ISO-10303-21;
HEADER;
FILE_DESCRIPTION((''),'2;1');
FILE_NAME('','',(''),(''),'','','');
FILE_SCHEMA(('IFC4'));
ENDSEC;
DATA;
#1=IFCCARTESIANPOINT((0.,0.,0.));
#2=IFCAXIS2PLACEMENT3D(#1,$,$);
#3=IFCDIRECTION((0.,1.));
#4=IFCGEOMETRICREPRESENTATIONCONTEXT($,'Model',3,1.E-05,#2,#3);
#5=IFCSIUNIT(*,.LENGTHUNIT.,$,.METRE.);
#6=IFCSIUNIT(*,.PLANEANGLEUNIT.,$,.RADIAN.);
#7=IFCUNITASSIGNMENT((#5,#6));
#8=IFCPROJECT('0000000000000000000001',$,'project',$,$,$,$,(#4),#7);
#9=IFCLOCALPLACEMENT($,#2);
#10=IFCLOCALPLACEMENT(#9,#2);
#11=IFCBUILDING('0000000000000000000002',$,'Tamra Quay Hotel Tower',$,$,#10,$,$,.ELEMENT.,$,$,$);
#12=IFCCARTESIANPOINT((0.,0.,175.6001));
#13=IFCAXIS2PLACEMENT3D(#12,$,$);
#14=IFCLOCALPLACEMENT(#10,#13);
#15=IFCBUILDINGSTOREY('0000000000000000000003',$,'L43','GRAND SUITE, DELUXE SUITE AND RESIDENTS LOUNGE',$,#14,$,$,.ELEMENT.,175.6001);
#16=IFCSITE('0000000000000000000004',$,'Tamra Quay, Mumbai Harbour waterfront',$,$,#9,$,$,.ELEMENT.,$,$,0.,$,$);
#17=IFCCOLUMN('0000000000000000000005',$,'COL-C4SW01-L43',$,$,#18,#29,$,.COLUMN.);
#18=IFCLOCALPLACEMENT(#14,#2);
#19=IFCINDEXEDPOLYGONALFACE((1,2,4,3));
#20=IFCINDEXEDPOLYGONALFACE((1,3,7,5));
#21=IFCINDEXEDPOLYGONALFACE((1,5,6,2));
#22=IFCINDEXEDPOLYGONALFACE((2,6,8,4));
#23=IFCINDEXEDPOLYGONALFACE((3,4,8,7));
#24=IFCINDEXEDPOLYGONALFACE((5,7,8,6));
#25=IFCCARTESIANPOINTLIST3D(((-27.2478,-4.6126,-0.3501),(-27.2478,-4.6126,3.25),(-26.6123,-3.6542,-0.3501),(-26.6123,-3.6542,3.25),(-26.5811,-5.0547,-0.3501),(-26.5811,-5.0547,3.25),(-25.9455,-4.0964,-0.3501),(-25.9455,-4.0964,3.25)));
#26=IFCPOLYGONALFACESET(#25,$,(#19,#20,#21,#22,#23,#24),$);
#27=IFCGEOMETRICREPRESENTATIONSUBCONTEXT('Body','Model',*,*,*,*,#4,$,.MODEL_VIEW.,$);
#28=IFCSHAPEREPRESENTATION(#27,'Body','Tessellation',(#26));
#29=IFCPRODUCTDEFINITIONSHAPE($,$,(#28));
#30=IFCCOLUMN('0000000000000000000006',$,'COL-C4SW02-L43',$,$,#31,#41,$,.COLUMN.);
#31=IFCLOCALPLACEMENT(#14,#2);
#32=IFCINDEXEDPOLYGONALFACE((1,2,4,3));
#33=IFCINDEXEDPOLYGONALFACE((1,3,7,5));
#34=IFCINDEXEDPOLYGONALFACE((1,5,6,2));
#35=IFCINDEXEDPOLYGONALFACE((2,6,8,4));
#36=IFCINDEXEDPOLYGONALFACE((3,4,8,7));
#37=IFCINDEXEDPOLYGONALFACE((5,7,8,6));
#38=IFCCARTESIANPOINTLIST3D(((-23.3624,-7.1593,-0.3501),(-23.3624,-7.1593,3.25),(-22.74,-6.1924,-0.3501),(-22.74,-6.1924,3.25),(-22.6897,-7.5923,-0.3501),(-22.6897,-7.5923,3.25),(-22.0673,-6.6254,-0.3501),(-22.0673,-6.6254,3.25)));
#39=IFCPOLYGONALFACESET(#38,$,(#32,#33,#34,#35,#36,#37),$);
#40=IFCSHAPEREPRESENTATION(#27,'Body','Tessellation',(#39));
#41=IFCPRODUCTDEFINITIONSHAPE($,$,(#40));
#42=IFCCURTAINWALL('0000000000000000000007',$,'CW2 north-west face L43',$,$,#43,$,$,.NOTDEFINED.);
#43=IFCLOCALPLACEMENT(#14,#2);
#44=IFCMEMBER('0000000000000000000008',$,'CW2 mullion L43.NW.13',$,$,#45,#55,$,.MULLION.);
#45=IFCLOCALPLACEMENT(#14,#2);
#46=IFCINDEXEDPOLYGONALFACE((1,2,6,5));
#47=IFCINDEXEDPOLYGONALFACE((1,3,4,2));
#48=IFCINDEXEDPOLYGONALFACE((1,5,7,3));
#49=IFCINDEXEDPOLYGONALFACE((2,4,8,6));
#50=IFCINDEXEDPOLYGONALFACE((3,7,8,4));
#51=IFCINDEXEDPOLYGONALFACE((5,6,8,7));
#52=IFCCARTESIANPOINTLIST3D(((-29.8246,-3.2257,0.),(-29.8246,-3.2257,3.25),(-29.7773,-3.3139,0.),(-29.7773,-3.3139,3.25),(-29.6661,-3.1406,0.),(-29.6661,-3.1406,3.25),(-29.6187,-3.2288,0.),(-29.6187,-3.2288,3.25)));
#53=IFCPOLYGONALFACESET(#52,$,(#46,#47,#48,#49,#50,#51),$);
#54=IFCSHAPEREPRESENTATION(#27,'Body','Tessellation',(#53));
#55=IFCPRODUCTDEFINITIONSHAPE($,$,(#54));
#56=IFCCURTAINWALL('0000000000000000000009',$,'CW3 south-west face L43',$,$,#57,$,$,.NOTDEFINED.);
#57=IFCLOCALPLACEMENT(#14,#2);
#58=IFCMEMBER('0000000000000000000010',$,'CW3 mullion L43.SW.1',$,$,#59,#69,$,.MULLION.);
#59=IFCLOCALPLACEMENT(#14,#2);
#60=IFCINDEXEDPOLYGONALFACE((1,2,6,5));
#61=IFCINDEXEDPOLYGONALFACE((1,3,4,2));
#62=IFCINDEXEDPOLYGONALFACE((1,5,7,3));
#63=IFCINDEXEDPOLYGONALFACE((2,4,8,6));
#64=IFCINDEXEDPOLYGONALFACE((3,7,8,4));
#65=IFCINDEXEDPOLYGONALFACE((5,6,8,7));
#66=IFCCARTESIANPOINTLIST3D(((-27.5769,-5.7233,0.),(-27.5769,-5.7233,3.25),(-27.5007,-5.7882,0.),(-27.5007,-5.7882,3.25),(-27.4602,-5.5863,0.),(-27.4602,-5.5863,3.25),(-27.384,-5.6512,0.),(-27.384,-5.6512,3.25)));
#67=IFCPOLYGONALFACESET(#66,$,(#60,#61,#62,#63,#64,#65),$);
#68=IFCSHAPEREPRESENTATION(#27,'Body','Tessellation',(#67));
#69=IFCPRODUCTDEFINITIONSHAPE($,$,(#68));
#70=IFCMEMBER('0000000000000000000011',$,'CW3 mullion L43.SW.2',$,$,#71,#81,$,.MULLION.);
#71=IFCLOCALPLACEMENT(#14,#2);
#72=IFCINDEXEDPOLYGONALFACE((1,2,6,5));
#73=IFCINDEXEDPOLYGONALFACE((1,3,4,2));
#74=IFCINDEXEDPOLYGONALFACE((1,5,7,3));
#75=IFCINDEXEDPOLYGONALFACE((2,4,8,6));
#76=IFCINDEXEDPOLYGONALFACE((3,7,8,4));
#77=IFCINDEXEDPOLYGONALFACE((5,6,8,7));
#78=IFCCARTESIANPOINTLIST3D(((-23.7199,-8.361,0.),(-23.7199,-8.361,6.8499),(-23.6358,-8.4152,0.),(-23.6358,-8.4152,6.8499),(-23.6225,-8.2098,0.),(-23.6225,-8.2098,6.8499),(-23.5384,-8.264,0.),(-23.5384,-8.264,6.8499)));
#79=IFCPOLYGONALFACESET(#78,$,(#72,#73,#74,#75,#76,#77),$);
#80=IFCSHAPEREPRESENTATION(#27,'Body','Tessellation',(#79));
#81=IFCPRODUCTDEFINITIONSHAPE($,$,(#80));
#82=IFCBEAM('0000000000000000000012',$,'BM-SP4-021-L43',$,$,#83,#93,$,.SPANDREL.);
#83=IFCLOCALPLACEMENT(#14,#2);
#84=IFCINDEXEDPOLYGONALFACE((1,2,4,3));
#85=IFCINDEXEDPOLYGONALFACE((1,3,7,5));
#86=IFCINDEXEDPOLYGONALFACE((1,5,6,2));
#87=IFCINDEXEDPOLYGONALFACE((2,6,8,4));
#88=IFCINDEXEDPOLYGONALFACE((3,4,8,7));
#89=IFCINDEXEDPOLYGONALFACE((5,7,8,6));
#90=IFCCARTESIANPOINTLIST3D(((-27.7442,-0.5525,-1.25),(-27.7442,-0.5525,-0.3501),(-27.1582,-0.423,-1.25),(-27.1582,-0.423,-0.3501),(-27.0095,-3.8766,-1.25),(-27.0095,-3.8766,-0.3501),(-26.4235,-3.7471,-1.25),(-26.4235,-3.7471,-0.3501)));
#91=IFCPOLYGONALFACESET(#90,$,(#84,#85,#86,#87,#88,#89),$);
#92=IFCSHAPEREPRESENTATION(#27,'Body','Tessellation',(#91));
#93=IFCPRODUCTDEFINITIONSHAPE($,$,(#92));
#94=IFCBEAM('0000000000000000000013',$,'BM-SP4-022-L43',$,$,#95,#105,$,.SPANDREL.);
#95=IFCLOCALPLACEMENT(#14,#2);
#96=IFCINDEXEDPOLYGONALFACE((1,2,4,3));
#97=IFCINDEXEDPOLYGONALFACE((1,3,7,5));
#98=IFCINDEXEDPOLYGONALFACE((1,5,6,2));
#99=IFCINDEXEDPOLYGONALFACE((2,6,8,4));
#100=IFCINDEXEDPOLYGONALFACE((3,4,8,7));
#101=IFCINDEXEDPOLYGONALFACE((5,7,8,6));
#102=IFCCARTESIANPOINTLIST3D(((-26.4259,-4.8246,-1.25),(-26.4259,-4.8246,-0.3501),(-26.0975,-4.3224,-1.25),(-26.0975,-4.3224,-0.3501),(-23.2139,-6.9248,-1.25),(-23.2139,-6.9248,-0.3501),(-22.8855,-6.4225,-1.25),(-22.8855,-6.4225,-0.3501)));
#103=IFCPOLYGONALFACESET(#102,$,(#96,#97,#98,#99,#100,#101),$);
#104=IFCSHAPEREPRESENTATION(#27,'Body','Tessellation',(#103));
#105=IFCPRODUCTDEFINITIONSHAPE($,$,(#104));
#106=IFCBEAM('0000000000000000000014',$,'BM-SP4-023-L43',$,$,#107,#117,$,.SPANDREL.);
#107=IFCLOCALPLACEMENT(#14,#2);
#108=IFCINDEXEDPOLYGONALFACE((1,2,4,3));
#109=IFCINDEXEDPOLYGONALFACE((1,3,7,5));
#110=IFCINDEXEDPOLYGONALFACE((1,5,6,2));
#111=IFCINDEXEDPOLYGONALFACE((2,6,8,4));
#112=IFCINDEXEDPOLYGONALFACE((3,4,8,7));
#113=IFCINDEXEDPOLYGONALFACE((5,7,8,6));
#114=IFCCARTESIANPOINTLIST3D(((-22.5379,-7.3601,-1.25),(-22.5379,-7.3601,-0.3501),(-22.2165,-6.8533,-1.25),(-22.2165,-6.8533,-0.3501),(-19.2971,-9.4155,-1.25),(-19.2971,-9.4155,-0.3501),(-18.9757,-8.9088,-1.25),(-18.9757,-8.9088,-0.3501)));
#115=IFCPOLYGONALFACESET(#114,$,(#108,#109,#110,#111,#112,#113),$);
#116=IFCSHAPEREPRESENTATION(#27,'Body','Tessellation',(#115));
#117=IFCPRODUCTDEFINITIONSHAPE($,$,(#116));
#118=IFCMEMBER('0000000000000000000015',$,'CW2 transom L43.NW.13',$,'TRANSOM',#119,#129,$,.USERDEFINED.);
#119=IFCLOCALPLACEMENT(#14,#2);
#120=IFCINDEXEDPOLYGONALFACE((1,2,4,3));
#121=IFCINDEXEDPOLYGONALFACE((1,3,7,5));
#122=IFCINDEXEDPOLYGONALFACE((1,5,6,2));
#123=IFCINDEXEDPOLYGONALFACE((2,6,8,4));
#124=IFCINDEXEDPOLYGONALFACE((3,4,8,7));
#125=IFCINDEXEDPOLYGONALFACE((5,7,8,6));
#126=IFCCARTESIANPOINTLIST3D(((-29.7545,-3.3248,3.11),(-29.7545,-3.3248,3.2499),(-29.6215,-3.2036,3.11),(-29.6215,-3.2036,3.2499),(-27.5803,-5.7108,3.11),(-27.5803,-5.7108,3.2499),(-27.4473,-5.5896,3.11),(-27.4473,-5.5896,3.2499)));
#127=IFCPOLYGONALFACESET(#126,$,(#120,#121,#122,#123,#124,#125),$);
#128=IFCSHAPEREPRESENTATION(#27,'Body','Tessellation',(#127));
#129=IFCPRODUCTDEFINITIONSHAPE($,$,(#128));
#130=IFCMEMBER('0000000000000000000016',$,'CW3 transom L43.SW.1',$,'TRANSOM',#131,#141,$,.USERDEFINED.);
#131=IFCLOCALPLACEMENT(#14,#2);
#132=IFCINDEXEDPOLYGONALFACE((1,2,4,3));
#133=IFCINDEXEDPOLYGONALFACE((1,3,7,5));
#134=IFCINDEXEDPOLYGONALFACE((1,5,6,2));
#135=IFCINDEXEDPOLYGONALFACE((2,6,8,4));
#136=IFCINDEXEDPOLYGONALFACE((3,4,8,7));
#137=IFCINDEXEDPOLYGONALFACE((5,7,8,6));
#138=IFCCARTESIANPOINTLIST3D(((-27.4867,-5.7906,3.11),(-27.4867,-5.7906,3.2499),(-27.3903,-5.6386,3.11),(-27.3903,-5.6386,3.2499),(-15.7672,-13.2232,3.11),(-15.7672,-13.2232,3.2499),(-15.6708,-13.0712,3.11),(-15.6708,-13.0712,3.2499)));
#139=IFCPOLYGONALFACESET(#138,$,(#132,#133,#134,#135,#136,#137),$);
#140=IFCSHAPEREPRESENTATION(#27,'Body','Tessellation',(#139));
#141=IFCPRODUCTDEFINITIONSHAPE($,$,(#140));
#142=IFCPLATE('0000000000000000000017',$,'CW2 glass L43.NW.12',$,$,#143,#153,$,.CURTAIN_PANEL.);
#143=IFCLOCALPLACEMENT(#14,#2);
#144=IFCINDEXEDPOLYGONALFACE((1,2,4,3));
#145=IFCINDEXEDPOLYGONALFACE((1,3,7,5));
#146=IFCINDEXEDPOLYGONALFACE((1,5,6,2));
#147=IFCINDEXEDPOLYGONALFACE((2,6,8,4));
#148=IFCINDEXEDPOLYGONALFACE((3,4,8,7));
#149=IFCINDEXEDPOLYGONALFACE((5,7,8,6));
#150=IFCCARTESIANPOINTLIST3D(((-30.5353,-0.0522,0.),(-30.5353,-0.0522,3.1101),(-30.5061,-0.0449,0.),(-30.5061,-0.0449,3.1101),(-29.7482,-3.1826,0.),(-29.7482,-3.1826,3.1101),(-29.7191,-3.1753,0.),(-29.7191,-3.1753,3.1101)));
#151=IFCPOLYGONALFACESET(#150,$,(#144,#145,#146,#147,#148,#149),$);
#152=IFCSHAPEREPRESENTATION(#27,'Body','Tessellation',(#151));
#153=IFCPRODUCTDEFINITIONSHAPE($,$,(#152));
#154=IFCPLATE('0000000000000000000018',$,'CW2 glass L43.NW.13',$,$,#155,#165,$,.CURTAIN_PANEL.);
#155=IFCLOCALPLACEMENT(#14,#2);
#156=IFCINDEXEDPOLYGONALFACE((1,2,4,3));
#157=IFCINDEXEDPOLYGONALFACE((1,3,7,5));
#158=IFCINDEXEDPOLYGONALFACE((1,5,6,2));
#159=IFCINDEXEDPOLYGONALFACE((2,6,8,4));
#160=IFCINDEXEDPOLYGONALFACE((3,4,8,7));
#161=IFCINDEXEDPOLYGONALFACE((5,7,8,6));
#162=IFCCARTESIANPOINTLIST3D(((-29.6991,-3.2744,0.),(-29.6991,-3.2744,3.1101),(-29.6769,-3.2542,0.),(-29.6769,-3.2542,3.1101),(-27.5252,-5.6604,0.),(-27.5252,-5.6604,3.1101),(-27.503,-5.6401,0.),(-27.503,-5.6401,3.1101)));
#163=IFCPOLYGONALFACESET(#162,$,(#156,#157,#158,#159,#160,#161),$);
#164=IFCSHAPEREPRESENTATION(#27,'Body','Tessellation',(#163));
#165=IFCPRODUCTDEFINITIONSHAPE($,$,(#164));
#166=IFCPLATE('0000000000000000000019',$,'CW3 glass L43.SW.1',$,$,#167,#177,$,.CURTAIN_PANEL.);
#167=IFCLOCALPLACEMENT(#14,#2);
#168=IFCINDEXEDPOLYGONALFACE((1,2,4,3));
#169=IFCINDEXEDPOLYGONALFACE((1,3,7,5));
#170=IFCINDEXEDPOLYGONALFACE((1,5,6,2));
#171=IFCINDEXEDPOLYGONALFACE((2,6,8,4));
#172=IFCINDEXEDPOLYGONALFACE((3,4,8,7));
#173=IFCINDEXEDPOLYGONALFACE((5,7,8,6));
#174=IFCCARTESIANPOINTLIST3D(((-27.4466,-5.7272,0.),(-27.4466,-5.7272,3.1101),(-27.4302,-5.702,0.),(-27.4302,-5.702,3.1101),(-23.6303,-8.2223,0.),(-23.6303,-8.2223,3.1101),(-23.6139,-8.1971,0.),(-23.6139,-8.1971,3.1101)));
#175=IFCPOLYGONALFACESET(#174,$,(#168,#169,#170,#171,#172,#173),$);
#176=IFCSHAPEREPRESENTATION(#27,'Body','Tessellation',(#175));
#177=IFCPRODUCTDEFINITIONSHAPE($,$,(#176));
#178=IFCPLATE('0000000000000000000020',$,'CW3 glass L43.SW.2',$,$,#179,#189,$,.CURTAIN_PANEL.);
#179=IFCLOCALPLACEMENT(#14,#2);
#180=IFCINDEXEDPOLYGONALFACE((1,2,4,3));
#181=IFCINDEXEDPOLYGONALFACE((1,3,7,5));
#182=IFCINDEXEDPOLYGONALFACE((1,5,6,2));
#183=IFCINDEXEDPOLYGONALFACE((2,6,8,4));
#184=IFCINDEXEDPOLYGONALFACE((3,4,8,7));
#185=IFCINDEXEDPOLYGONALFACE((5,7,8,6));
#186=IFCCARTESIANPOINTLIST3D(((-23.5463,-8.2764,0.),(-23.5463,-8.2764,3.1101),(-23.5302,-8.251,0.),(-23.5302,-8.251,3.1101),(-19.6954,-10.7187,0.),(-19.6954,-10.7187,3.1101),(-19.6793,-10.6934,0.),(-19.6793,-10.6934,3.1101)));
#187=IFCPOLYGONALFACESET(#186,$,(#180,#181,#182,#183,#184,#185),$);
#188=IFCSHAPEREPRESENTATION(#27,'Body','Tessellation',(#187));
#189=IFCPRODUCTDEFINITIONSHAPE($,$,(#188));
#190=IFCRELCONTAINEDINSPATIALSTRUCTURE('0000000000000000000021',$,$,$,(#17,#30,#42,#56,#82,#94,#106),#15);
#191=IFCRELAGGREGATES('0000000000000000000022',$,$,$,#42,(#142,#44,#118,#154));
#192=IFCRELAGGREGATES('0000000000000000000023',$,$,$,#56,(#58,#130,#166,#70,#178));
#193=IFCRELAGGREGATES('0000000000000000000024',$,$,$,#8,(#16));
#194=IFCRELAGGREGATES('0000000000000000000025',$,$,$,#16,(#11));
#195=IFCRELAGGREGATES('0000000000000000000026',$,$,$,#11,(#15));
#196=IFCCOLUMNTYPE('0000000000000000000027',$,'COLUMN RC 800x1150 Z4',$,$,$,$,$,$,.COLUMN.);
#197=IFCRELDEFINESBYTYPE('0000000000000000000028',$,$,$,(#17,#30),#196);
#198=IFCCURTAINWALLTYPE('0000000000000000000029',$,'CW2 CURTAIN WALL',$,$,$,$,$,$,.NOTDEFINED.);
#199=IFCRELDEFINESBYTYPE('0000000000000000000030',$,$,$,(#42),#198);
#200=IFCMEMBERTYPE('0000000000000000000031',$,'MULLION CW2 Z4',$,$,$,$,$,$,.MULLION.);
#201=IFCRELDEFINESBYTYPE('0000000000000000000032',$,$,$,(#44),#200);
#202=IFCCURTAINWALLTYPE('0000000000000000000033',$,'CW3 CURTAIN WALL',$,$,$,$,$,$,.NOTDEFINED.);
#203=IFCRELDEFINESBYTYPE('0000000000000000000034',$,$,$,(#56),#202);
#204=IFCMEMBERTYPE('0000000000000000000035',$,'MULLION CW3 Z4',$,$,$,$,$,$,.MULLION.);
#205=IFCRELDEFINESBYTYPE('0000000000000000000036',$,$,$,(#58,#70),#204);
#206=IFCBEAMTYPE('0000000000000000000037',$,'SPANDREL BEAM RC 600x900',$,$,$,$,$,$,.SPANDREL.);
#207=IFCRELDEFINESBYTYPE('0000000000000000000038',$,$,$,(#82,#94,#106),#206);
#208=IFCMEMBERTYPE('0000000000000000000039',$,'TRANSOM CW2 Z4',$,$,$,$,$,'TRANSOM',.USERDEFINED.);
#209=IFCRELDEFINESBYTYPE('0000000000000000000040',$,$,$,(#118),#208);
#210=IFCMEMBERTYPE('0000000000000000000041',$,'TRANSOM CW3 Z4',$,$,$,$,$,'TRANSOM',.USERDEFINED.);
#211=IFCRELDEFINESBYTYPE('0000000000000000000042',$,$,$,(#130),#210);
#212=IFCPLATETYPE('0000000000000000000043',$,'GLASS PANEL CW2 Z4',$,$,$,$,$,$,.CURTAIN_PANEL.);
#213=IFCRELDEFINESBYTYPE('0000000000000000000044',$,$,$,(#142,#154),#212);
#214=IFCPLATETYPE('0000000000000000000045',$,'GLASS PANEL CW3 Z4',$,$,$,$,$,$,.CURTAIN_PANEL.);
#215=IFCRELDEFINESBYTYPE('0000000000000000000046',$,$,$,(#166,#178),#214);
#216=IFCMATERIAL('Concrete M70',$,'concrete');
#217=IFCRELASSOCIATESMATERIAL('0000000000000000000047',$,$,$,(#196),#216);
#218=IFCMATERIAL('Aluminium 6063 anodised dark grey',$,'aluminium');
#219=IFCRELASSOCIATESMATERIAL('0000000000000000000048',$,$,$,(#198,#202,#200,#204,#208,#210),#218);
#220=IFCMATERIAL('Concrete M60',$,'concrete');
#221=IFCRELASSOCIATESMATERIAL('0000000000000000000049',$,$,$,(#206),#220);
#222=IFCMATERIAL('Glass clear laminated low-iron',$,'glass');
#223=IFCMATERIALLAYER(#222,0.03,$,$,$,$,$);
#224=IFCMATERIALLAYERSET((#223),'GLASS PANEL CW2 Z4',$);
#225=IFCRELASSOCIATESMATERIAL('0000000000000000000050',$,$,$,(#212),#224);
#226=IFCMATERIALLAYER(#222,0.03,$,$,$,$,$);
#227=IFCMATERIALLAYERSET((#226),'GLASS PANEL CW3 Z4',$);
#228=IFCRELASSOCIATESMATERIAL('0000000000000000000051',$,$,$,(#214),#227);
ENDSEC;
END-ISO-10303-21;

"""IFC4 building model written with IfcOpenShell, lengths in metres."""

from ifc_helpers import new_model, si_unit, direction, frame, origin, origin_2d, place, context, subcontext, project, spatial, rectangle, extrude, material, layer, layer_set, material_profile, profile_set, type_object, element, aggregate, save


model = new_model("IFC4")

# Units and contexts
model_context = context("Model", 3, precision=1e-05, world=origin(), true_north=direction((0.0, 1.0)))
body_context = subcontext(model_context, "Body", "Model", "MODEL_VIEW")
ifc_project = project(units=[si_unit("LENGTHUNIT", "METRE"), si_unit("PLANEANGLEUNIT", "RADIAN")], contexts=[model_context])

# Site, building, storey
site_placement = place(None, origin())
site = spatial("IfcSite", under=ifc_project, at=site_placement, Name="Tamra Quay, Mumbai Harbour waterfront", CompositionType="ELEMENT", RefElevation=0.0)
building_placement = place(site_placement, origin())
building = spatial("IfcBuilding", under=site, at=building_placement, Name="Tamra Quay Hotel Tower", CompositionType="ELEMENT")
storey_placement = place(building_placement, frame((0.0, 0.0, 175.6001)))
storey = spatial("IfcBuildingStorey", under=building, at=storey_placement, Name="L43", Description="GRAND SUITE, DELUXE SUITE AND RESIDENTS LOUNGE", CompositionType="ELEMENT", Elevation=175.6001)

# Columns
ifc_material_1 = material(Name="Concrete M70", Category="concrete")
ifc_material_profile_1 = material_profile(ifc_material_1, rectangle(XDim=1.1499, YDim=0.8, at=origin_2d()), Name="COLUMN RC 800x1150 Z4")
ifc_profile_set_1 = profile_set([ifc_material_profile_1], Name="Concrete M70")
column_type = type_object("IfcColumnType", Name="COLUMN RC 800x1150 Z4", PredefinedType="COLUMN", material=ifc_profile_set_1)
for number, where, z_axis, x_axis, name in (
    (1, (-26.5967, -4.3545, -0.3501), (0.0, 0.0, 1.0), (0.552666, 0.833403, 0.0), "COL-C4SW01-L43"),
    (2, (-22.7148, -6.8923, -0.3501), (0.0, 0.0, 1.0), (0.541283, 0.840841, 0.0), "COL-C4SW02-L43"),
):
    element("IfcColumn", number, at=place(storey_placement, frame(where, z_axis=z_axis, x_axis=x_axis)), inside=storey, type_object=column_type, Name=name, PredefinedType="COLUMN", context=body_context, shape_type="SweptSolid", body=[
        extrude(rectangle(XDim=1.1499, YDim=0.8, at=origin_2d()), origin(), (0.0, 0.0, 1.0), 3.6001),
    ])

# Curtain wall, member
ifc_material_2 = material(Name="Aluminium 6063 anodised dark grey", Category="aluminium")
curtain_wall_type_1 = type_object("IfcCurtainWallType", Name="CW2 CURTAIN WALL", PredefinedType="NOTDEFINED", material=ifc_material_2)
curtain_wall_1_placement = place(storey_placement, origin())
curtain_wall_1 = element("IfcCurtainWall", 3, at=curtain_wall_1_placement, inside=storey, type_object=curtain_wall_type_1, Name="CW2 north-west face L43", PredefinedType="NOTDEFINED")
ifc_material_profile_2 = material_profile(ifc_material_2, rectangle(XDim=0.1799, YDim=0.1001, at=origin_2d()), Name="MULLION 100X180")
ifc_profile_set_2 = profile_set([ifc_material_profile_2], Name="Aluminium 6063 anodised dark grey")
member_type_1 = type_object("IfcMemberType", Name="MULLION CW2 Z4", PredefinedType="MULLION", material=ifc_profile_set_2)
member_1_placement = place(storey_placement, frame((-29.7217, -3.2273, 0.0), z_axis=(0.0, 0.0, 1.0), x_axis=(-0.881098, -0.472935, 0.0)))
member_1 = element("IfcMember", 4, at=member_1_placement, type_object=member_type_1, Name="CW2 mullion L43.NW.13", PredefinedType="MULLION", context=body_context, shape_type="SweptSolid", body=[
    extrude(rectangle(XDim=0.1799, YDim=0.1001, at=origin_2d()), origin(), (0.0, 0.0, 1.0), 3.25),
])

# Curtain wall, members
curtain_wall_type_2 = type_object("IfcCurtainWallType", Name="CW3 CURTAIN WALL", PredefinedType="NOTDEFINED", material=ifc_material_2)
curtain_wall_2_placement = place(storey_placement, origin())
curtain_wall_2 = element("IfcCurtainWall", 5, at=curtain_wall_2_placement, inside=storey, type_object=curtain_wall_type_2, Name="CW3 south-west face L43", PredefinedType="NOTDEFINED")
ifc_material_profile_3 = material_profile(ifc_material_2, rectangle(XDim=0.1799, YDim=0.1001, at=origin_2d()), Name="MULLION 100X180")
ifc_profile_set_3 = profile_set([ifc_material_profile_3], Name="Aluminium 6063 anodised dark grey")
member_type_2 = type_object("IfcMemberType", Name="MULLION CW3 Z4", PredefinedType="MULLION", material=ifc_profile_set_3)
member_2_placement = place(storey_placement, frame((-27.4805, -5.6873, 0.0), z_axis=(0.0, 0.0, 1.0), x_axis=(-0.648381, -0.761316, 0.0)))
member_2 = element("IfcMember", 6, at=member_2_placement, type_object=member_type_2, Name="CW3 mullion L43.SW.1", PredefinedType="MULLION", context=body_context, shape_type="SweptSolid", body=[
    extrude(rectangle(XDim=0.1799, YDim=0.1001, at=origin_2d()), origin(), (0.0, 0.0, 1.0), 3.25),
])
member_3_placement = place(storey_placement, frame((-23.6292, -8.3125, 0.0), z_axis=(0.0, 0.0, 1.0), x_axis=(-0.541422, -0.840751, 0.0)))
member_3 = element("IfcMember", 7, at=member_3_placement, type_object=member_type_2, Name="CW3 mullion L43.SW.2", PredefinedType="MULLION", context=body_context, shape_type="SweptSolid", body=[
    extrude(rectangle(XDim=0.1799, YDim=0.1001, at=origin_2d()), origin(), (0.0, 0.0, 1.0), 6.8499),
])

# Beams
ifc_material_3 = material(Name="Concrete M60", Category="concrete")
ifc_material_profile_4 = material_profile(ifc_material_3, rectangle(XDim=0.6001, YDim=0.8999, at=origin_2d()), Name="SPANDREL BEAM RC 600x900")
ifc_profile_set_4 = profile_set([ifc_material_profile_4], Name="Concrete M60")
beam_type = type_object("IfcBeamType", Name="SPANDREL BEAM RC 600x900", PredefinedType="SPANDREL", material=ifc_profile_set_4)
beam_placement = place(storey_placement, frame((-27.4512, -0.4878, -0.8), z_axis=(0.215799, -0.976438, 0.0), x_axis=(0.976438, 0.215799, 0.0)))
element("IfcBeam", 8, at=beam_placement, inside=storey, type_object=beam_type, Name="BM-SP4-021-L43", PredefinedType="SPANDREL", context=body_context, shape_type="SweptSolid", body=[
    extrude(rectangle(XDim=0.6001, YDim=0.8999, at=origin_2d()), origin(), (0.0, 0.0, 1.0), 3.4043),
])
for number, where, z_axis, x_axis, name in (
    (9, (-26.2617, -4.5735, -0.8), (0.83697, -0.547249, 0.0), (0.547249, 0.83697, 0.0), "BM-SP4-022-L43"),
    (10, (-22.3772, -7.1067, -0.8), (0.84447, -0.535603, 0.0), (0.535603, 0.84447, 0.0), "BM-SP4-023-L43"),
):
    element("IfcBeam", number, at=place(storey_placement, frame(where, z_axis=z_axis, x_axis=x_axis)), inside=storey, type_object=beam_type, Name=name, PredefinedType="SPANDREL", context=body_context, shape_type="SweptSolid", body=[
        extrude(rectangle(XDim=0.6001, YDim=0.8999, at=origin_2d()), origin(), (0.0, 0.0, 1.0), 3.8376),
    ])

# Members
ifc_material_profile_5 = material_profile(ifc_material_2, rectangle(XDim=0.1799, YDim=0.1399, at=origin_2d()), Name="TRANSOM 180X140")
ifc_profile_set_5 = profile_set([ifc_material_profile_5], Name="Aluminium 6063 anodised dark grey")
member_type_3 = type_object("IfcMemberType", Name="TRANSOM CW2 Z4", ElementType="TRANSOM", PredefinedType="USERDEFINED", material=ifc_profile_set_5)
member_4_placement = place(storey_placement, frame((-29.688, -3.2642, 3.1799), z_axis=(0.673519, -0.73917, 0.0), x_axis=(0.73917, 0.673519, 0.0)))
member_4 = element("IfcMember", 11, at=member_4_placement, type_object=member_type_3, Name="CW2 transom L43.NW.13", ObjectType="TRANSOM", PredefinedType="USERDEFINED", context=body_context, shape_type="SweptSolid", body=[
    extrude(rectangle(XDim=0.1799, YDim=0.1399, at=origin_2d()), origin(), (0.0, 0.0, 1.0), 3.228),
])
ifc_material_profile_6 = material_profile(ifc_material_2, rectangle(XDim=0.1799, YDim=0.1399, at=origin_2d()), Name="TRANSOM 180X140")
ifc_profile_set_6 = profile_set([ifc_material_profile_6], Name="Aluminium 6063 anodised dark grey")
member_type_4 = type_object("IfcMemberType", Name="TRANSOM CW3 Z4", ElementType="TRANSOM", PredefinedType="USERDEFINED", material=ifc_profile_set_6)
member_5_placement = place(storey_placement, frame((-27.4385, -5.7146, 3.1799), z_axis=(0.844484, -0.535581, 0.0), x_axis=(0.535581, 0.844484, 0.0)))
member_5 = element("IfcMember", 12, at=member_5_placement, type_object=member_type_4, Name="CW3 transom L43.SW.1", ObjectType="TRANSOM", PredefinedType="USERDEFINED", context=body_context, shape_type="SweptSolid", body=[
    extrude(rectangle(XDim=0.1799, YDim=0.1399, at=origin_2d()), origin(), (0.0, 0.0, 1.0), 13.8777),
])

# Plates
ifc_material_4 = material(Name="Glass clear laminated low-iron", Category="glass")
ifc_layer_1 = layer(ifc_material_4, 0.03)
ifc_layer_set_1 = layer_set([ifc_layer_1], Name="GLASS PANEL CW2 Z4")
plate_type_1 = type_object("IfcPlateType", Name="GLASS PANEL CW2 Z4", PredefinedType="CURTAIN_PANEL", material=ifc_layer_set_1)
plate_1_placement = place(storey_placement, frame((-30.1272, -1.6138, 0.0), z_axis=(0.0, 0.0, 1.0), x_axis=(0.243826, -0.969819, 0.0)))
plate_1 = element("IfcPlate", 13, at=plate_1_placement, type_object=plate_type_1, Name="CW2 glass L43.NW.12", PredefinedType="CURTAIN_PANEL", context=body_context, shape_type="SweptSolid", body=[
    extrude(rectangle(XDim=3.2278, YDim=0.03, at=origin_2d()), origin(), (0.0, 0.0, 1.0), 3.1101),
])
plate_2_placement = place(storey_placement, frame((-28.6011, -4.4573, 0.0), z_axis=(0.0, 0.0, 1.0), x_axis=(0.673496, -0.739191, 0.0)))
plate_2 = element("IfcPlate", 14, at=plate_2_placement, type_object=plate_type_1, Name="CW2 glass L43.NW.13", PredefinedType="CURTAIN_PANEL", context=body_context, shape_type="SweptSolid", body=[
    extrude(rectangle(XDim=3.2278, YDim=0.03, at=origin_2d()), origin(), (0.0, 0.0, 1.0), 3.1101),
])
aggregate(curtain_wall_1, [plate_1, member_1, member_4, plate_2])
ifc_layer_2 = layer(ifc_material_4, 0.03)
ifc_layer_set_2 = layer_set([ifc_layer_2], Name="GLASS PANEL CW3 Z4")
plate_type_2 = type_object("IfcPlateType", Name="GLASS PANEL CW3 Z4", PredefinedType="CURTAIN_PANEL", material=ifc_layer_set_2)
plate_3_placement = place(storey_placement, frame((-25.5303, -6.9622, 0.0), z_axis=(0.0, 0.0, 1.0), x_axis=(0.836986, -0.547224, 0.0)))
plate_3 = element("IfcPlate", 15, at=plate_3_placement, type_object=plate_type_2, Name="CW3 glass L43.SW.1", PredefinedType="CURTAIN_PANEL", context=body_context, shape_type="SweptSolid", body=[
    extrude(rectangle(XDim=4.5596, YDim=0.03, at=origin_2d()), origin(), (0.0, 0.0, 1.0), 3.1101),
])
plate_4_placement = place(storey_placement, frame((-21.6128, -9.4849, 0.0), z_axis=(0.0, 0.0, 1.0), x_axis=(0.844476, -0.535594, 0.0)))
plate_4 = element("IfcPlate", 16, at=plate_4_placement, type_object=plate_type_2, Name="CW3 glass L43.SW.2", PredefinedType="CURTAIN_PANEL", context=body_context, shape_type="SweptSolid", body=[
    extrude(rectangle(XDim=4.5601, YDim=0.03, at=origin_2d()), origin(), (0.0, 0.0, 1.0), 3.1101),
])
aggregate(curtain_wall_2, [member_2, member_5, plate_3, member_3, plate_4])

save(model, "model.ifc")
